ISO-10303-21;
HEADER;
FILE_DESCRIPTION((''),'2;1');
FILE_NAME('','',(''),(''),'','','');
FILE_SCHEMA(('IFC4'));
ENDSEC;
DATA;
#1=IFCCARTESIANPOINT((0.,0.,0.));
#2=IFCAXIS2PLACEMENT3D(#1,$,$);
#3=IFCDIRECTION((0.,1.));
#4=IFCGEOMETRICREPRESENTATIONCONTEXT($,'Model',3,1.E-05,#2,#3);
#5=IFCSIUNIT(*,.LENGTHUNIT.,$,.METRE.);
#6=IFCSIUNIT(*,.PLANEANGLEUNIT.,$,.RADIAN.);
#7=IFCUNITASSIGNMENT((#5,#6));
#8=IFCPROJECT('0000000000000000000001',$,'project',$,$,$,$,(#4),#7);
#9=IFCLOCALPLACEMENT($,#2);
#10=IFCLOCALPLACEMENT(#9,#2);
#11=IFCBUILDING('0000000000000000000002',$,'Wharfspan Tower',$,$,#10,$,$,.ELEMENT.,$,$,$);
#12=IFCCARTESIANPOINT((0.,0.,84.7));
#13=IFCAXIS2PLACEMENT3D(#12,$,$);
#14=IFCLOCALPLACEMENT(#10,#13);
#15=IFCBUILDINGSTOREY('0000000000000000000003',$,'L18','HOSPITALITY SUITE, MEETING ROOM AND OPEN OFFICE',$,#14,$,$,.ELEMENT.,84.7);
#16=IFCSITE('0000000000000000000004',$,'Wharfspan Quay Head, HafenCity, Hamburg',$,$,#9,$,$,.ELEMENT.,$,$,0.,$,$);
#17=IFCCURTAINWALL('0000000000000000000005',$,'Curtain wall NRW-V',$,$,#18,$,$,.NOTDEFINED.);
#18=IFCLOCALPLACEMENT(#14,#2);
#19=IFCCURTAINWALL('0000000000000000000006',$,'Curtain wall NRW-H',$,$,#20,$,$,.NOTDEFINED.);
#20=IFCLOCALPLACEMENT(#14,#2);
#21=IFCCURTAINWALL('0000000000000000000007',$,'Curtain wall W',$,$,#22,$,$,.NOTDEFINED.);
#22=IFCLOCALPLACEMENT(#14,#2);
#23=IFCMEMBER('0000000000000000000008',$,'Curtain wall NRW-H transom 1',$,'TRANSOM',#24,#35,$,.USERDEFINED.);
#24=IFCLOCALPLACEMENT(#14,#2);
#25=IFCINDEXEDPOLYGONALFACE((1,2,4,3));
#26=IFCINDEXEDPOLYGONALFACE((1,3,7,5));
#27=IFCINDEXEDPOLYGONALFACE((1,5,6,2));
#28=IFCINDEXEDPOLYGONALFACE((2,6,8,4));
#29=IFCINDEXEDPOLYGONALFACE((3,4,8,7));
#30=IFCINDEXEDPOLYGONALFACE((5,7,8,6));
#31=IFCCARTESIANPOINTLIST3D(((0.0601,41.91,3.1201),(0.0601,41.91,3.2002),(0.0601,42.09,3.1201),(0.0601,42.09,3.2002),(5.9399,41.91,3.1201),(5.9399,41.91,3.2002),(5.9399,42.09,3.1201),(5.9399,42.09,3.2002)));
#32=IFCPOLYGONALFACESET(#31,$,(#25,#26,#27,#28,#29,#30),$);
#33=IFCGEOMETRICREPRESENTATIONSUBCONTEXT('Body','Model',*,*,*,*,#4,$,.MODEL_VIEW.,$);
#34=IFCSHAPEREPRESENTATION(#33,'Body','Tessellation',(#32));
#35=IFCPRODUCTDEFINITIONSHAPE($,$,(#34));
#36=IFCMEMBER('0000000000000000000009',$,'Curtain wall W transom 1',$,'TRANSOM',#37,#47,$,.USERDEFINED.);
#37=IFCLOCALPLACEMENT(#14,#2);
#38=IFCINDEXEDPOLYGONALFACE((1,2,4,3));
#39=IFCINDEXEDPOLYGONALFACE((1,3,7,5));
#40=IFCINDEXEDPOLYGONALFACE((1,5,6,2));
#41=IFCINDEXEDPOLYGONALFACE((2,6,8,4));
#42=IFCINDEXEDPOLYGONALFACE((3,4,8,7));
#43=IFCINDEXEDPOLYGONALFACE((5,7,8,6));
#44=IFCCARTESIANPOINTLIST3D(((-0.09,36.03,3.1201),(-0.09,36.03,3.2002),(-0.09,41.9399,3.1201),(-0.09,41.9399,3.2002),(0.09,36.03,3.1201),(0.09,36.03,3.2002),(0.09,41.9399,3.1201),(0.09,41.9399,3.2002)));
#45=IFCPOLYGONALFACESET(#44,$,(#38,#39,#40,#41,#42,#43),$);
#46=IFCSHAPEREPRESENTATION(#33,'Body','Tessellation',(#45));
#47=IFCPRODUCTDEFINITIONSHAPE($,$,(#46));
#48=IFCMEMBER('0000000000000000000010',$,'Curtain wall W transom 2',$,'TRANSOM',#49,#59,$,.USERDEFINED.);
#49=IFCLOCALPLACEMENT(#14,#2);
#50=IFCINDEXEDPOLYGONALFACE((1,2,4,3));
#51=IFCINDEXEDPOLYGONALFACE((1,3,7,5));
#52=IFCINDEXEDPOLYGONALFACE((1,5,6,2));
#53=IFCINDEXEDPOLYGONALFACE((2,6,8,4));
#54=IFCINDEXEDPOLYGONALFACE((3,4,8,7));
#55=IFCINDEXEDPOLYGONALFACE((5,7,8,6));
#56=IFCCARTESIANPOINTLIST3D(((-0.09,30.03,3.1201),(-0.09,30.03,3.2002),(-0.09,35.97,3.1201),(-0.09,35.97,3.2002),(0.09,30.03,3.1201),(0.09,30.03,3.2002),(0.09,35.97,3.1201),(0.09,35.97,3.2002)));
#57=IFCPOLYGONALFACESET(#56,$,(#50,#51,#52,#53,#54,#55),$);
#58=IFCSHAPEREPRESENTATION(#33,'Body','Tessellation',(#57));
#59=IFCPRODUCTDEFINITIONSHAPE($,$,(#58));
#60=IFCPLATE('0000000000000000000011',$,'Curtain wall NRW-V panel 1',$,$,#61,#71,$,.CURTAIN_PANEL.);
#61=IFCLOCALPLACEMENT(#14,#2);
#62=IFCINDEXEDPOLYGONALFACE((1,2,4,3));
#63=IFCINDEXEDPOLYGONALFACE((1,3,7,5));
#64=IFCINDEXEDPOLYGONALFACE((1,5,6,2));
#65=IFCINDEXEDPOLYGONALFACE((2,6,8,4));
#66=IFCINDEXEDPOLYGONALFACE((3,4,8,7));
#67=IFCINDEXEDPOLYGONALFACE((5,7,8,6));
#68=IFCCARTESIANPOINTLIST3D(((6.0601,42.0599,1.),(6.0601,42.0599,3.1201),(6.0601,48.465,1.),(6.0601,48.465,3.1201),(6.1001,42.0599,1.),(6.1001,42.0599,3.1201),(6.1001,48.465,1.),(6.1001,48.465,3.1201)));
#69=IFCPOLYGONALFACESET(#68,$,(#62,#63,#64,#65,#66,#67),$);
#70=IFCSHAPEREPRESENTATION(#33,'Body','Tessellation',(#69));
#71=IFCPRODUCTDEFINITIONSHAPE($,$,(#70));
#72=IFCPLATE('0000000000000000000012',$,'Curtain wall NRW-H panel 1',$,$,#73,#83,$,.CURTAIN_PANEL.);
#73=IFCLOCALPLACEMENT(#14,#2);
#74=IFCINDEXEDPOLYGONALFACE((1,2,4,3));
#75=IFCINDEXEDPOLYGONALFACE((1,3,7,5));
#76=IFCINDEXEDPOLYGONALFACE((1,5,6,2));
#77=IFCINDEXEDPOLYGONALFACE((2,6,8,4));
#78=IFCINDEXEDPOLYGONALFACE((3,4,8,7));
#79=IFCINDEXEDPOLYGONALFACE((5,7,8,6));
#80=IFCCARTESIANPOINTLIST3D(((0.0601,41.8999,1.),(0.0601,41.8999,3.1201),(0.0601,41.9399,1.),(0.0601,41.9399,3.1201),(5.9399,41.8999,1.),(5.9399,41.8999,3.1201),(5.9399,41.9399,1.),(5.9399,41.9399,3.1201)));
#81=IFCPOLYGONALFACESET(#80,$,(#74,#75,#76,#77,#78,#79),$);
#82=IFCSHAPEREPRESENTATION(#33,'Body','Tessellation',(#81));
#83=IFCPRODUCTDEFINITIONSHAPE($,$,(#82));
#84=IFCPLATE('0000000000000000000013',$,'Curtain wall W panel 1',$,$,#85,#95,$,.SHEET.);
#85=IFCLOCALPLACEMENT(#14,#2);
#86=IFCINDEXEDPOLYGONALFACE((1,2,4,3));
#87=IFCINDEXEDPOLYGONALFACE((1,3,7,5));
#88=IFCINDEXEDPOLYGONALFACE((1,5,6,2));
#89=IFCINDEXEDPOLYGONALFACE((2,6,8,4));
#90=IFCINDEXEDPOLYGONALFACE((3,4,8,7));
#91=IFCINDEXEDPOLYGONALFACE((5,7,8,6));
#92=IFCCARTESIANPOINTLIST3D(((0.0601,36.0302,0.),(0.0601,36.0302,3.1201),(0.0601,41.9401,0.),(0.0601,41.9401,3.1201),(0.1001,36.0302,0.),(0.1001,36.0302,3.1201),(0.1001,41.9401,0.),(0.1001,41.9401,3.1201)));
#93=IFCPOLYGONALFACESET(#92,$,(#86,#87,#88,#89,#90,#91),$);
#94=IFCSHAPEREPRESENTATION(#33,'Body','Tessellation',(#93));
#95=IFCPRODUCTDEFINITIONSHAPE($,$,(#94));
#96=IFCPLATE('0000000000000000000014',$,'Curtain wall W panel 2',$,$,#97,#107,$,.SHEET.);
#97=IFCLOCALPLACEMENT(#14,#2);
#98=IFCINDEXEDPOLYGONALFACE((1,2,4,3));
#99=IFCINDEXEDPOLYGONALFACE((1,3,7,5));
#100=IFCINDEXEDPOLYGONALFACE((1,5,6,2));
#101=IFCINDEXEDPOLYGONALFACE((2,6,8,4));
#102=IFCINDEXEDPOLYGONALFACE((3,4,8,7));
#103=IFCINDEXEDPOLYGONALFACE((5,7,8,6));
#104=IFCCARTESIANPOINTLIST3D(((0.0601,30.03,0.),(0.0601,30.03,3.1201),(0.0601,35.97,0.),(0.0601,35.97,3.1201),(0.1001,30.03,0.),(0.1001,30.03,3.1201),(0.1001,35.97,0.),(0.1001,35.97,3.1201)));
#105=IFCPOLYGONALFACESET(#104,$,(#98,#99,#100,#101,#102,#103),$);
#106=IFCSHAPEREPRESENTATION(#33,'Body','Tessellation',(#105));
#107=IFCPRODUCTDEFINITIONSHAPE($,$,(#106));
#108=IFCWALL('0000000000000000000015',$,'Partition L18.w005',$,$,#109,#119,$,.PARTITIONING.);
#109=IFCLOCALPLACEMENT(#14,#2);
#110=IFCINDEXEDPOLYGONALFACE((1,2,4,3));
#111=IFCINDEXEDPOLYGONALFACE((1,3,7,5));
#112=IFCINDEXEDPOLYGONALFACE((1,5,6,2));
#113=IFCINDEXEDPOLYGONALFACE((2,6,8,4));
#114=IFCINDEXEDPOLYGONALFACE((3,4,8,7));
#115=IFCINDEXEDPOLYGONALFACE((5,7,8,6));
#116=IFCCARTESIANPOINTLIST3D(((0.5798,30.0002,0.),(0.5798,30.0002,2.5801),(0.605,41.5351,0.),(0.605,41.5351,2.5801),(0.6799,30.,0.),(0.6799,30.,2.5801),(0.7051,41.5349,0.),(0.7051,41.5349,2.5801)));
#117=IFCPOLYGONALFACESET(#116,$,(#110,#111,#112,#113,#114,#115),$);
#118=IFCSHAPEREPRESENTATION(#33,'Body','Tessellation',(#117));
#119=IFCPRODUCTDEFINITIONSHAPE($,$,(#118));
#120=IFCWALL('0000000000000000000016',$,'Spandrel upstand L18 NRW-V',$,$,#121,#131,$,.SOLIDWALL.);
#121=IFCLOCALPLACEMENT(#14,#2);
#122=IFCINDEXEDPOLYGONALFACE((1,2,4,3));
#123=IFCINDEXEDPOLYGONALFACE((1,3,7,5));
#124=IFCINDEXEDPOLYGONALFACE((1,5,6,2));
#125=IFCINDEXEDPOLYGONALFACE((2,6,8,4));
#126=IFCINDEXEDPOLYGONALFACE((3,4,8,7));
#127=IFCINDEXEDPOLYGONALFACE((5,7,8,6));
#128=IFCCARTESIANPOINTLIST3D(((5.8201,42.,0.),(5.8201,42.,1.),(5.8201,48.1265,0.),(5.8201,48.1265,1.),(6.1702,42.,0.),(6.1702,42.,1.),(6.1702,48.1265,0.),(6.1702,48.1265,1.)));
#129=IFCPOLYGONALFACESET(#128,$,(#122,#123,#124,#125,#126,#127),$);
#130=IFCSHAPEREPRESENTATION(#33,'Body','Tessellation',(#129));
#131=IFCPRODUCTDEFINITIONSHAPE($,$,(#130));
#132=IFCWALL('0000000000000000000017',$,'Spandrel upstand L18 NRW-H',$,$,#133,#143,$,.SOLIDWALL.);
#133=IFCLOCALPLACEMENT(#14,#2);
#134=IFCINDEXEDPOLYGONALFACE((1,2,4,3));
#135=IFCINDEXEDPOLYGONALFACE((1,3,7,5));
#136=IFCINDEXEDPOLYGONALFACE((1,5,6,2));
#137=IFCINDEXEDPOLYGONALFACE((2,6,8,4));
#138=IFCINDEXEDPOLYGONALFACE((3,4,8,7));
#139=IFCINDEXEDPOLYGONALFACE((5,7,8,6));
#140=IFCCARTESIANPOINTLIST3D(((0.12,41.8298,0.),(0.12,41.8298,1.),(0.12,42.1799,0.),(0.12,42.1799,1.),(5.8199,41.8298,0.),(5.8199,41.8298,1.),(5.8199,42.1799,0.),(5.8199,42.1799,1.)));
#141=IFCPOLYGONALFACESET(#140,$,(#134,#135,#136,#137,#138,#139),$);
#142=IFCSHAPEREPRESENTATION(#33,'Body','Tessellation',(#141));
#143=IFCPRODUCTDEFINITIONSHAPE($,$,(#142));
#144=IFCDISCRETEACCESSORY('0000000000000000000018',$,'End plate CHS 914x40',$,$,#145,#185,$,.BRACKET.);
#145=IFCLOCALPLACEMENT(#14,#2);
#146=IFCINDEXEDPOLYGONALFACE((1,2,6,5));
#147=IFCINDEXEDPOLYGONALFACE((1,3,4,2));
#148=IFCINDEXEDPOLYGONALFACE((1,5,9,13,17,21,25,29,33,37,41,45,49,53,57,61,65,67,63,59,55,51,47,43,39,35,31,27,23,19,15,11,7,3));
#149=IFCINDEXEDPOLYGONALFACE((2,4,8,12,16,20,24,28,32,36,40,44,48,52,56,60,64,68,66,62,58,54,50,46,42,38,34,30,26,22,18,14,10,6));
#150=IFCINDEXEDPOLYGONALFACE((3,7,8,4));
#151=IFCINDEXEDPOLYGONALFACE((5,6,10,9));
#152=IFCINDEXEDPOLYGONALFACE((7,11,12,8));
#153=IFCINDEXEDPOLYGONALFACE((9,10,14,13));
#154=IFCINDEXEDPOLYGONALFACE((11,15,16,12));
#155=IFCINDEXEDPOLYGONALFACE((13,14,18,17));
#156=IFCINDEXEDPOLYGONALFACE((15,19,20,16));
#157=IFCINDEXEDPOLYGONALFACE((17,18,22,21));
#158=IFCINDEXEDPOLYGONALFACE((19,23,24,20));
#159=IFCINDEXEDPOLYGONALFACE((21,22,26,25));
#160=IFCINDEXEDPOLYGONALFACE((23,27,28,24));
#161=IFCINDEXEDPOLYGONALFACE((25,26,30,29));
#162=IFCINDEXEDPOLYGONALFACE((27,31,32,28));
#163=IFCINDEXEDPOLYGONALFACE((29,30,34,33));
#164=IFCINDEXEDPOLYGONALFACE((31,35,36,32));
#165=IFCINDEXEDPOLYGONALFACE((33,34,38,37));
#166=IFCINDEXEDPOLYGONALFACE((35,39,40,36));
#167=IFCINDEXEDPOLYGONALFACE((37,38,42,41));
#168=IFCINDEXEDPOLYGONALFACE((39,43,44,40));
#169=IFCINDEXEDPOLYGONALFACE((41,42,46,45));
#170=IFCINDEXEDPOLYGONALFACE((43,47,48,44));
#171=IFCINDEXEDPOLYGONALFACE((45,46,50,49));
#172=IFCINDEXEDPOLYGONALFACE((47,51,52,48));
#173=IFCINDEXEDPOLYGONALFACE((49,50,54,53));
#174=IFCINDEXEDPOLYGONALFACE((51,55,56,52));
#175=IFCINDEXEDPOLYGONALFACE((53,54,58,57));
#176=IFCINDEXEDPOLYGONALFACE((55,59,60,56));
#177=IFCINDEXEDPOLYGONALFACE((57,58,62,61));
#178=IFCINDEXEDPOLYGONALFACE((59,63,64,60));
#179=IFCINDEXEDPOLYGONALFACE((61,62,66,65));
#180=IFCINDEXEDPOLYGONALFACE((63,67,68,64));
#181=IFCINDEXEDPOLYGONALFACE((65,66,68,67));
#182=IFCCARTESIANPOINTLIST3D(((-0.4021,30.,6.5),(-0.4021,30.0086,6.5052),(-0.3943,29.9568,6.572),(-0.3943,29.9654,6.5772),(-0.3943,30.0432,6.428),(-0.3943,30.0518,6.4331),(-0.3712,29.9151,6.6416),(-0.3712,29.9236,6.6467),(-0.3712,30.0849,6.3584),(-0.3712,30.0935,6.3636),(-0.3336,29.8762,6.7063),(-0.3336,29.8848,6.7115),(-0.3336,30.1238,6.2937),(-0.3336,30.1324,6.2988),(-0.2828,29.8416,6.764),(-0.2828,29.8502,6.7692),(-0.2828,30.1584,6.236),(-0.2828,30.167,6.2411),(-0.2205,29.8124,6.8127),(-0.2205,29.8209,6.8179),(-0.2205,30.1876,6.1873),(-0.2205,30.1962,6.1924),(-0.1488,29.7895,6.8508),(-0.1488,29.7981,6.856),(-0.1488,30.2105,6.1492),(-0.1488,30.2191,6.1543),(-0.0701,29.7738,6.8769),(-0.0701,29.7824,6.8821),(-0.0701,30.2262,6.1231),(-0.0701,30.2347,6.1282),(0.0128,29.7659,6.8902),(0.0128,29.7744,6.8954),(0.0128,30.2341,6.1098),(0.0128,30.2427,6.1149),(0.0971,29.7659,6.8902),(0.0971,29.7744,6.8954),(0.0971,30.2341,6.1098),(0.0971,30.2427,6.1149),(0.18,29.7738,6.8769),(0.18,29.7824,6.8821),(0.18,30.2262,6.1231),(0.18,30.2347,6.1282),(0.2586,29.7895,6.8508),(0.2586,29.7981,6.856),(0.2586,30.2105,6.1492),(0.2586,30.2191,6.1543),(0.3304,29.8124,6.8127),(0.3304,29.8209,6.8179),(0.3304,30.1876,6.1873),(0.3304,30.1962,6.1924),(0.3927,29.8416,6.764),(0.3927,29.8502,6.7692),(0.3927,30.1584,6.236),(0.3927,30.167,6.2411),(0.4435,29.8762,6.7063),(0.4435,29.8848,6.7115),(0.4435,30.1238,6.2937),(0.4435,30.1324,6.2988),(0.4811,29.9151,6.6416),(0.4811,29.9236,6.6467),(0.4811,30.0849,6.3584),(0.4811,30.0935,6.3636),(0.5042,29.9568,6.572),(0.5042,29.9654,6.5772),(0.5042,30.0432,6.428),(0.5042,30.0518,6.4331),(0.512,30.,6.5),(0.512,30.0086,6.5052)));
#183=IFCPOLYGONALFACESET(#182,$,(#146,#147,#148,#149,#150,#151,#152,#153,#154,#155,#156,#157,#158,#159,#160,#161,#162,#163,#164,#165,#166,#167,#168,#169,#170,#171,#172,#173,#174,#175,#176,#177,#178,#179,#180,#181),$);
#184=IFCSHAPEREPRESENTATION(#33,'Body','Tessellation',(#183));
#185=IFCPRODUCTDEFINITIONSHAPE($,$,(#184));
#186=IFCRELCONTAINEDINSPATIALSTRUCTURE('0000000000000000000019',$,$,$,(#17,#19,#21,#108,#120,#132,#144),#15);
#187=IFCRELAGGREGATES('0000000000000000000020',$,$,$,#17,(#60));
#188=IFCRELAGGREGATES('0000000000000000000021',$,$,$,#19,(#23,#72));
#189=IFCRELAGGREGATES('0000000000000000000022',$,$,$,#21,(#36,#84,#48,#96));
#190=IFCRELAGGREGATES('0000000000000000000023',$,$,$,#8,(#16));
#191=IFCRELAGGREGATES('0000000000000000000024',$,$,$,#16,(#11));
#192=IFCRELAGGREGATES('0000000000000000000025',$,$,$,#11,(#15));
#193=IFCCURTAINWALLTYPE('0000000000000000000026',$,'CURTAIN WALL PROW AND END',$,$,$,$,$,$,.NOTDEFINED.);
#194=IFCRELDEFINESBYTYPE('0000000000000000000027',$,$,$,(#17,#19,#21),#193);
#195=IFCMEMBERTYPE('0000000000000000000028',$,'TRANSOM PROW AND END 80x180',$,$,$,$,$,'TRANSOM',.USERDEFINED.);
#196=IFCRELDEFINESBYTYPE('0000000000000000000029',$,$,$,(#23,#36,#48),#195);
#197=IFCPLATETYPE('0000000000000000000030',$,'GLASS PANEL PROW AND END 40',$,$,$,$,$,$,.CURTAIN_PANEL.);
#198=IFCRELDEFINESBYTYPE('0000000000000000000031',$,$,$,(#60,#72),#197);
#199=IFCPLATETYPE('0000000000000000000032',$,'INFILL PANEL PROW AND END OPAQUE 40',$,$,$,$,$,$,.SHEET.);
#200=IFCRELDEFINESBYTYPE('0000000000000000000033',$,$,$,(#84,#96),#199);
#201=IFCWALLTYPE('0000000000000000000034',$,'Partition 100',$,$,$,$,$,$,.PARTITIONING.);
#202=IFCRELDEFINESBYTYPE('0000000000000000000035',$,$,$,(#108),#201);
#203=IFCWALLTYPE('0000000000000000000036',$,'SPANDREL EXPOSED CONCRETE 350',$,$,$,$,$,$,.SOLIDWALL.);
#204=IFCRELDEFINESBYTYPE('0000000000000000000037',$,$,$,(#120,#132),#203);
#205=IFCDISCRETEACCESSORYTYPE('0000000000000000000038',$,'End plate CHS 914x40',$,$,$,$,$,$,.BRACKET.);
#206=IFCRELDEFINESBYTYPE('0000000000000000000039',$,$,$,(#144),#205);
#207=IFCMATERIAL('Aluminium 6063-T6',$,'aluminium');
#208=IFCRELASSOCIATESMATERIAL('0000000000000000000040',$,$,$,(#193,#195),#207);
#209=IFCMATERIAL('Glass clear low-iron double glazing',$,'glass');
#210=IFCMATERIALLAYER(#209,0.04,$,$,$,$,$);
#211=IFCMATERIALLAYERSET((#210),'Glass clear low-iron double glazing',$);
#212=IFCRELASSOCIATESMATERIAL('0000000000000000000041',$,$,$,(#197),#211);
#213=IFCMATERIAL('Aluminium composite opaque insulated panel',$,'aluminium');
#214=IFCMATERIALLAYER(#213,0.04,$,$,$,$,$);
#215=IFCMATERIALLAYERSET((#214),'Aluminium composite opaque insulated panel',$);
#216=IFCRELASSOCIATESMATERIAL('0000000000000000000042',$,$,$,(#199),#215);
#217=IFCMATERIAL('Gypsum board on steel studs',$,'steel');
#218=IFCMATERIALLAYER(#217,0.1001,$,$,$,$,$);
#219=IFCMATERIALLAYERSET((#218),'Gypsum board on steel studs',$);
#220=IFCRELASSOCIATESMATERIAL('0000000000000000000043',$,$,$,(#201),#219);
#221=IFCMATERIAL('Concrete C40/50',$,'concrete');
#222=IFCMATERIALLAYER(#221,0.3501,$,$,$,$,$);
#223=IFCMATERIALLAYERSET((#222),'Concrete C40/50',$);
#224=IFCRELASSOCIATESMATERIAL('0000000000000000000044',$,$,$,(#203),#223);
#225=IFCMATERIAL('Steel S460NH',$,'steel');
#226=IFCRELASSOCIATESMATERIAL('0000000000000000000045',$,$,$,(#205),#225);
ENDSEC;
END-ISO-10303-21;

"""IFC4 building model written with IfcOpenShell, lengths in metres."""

from ifc_helpers import new_model, si_unit, direction, frame, frame_2d, origin, origin_2d, place, context, subcontext, project, spatial, rectangle, circle, extrude, material, layer, layer_set, material_profile, profile_set, type_object, element, aggregate, save


model = new_model("IFC4")

# Units and contexts
model_context = context("Model", 3, precision=1e-05, world=origin(), true_north=direction((0.0, 1.0)))
body_context = subcontext(model_context, "Body", "Model", "MODEL_VIEW")
ifc_project = project(units=[si_unit("LENGTHUNIT", "METRE"), si_unit("PLANEANGLEUNIT", "RADIAN")], contexts=[model_context])

# Site, building, storey
site_placement = place(None, origin())
site = spatial("IfcSite", under=ifc_project, at=site_placement, Name="Wharfspan Quay Head, HafenCity, Hamburg", CompositionType="ELEMENT", RefElevation=0.0)
building_placement = place(site_placement, origin())
building = spatial("IfcBuilding", under=site, at=building_placement, Name="Wharfspan Tower", CompositionType="ELEMENT")
storey_placement = place(building_placement, frame((0.0, 0.0, 84.7)))
storey = spatial("IfcBuildingStorey", under=building, at=storey_placement, Name="L18", Description="HOSPITALITY SUITE, MEETING ROOM AND OPEN OFFICE", CompositionType="ELEMENT", Elevation=84.7)

# Curtain walls
ifc_material_1 = material(Name="Aluminium 6063-T6", Category="aluminium")
curtain_wall_type = type_object("IfcCurtainWallType", Name="CURTAIN WALL PROW AND END", PredefinedType="NOTDEFINED", material=ifc_material_1)
curtain_wall_1_placement = place(storey_placement, origin())
curtain_wall_1 = element("IfcCurtainWall", 1, at=curtain_wall_1_placement, inside=storey, type_object=curtain_wall_type, Name="Curtain wall NRW-V", PredefinedType="NOTDEFINED")
curtain_wall_2_placement = place(storey_placement, origin())
curtain_wall_2 = element("IfcCurtainWall", 2, at=curtain_wall_2_placement, inside=storey, type_object=curtain_wall_type, Name="Curtain wall NRW-H", PredefinedType="NOTDEFINED")
curtain_wall_3_placement = place(storey_placement, origin())
curtain_wall_3 = element("IfcCurtainWall", 3, at=curtain_wall_3_placement, inside=storey, type_object=curtain_wall_type, Name="Curtain wall W", PredefinedType="NOTDEFINED")

# Shared definitions
ifc_material_2 = material(Name="Steel S460NH", Category="steel")

# Members
ifc_material_profile_1 = material_profile(ifc_material_1, rectangle(XDim=0.1799, YDim=0.0801, at=origin_2d()))
ifc_profile_set_1 = profile_set([ifc_material_profile_1], Name="Aluminium 6063-T6")
member_type_1 = type_object("IfcMemberType", Name="TRANSOM PROW AND END 80x180", ElementType="TRANSOM", PredefinedType="USERDEFINED", material=ifc_profile_set_1)
member_1_placement = place(storey_placement, frame((5.9399, 42.0, 3.1602), z_axis=(-1.0, 0.0, 0.0), x_axis=(0.0, -1.0, 0.0)))
member_1 = element("IfcMember", 4, at=member_1_placement, type_object=member_type_1, Name="Curtain wall NRW-H transom 1", ObjectType="TRANSOM", PredefinedType="USERDEFINED", context=body_context, shape_type="SweptSolid", body=[
    extrude(rectangle(XDim=0.1799, YDim=0.0801, at=origin_2d()), origin(), (0.0, 0.0, 1.0), 5.8799),
])
member_2_placement = place(storey_placement, frame((0.0, 41.9399, 3.1602), z_axis=(0.0, -1.0, 0.0), x_axis=(1.0, 0.0, 0.0)))
member_2 = element("IfcMember", 5, at=member_2_placement, type_object=member_type_1, Name="Curtain wall W transom 1", ObjectType="TRANSOM", PredefinedType="USERDEFINED", context=body_context, shape_type="SweptSolid", body=[
    extrude(rectangle(XDim=0.1799, YDim=0.0801, at=origin_2d()), origin(), (0.0, 0.0, 1.0), 5.9099),
])
member_3_placement = place(storey_placement, frame((0.0, 35.97, 3.1602), z_axis=(0.0, -1.0, 0.0), x_axis=(1.0, 0.0, 0.0)))
member_3 = element("IfcMember", 6, at=member_3_placement, type_object=member_type_1, Name="Curtain wall W transom 2", ObjectType="TRANSOM", PredefinedType="USERDEFINED", context=body_context, shape_type="SweptSolid", body=[
    extrude(rectangle(XDim=0.1799, YDim=0.0801, at=origin_2d()), origin(), (0.0, 0.0, 1.0), 5.9399),
])

# Plates
ifc_material_3 = material(Name="Glass clear low-iron double glazing", Category="glass")
ifc_layer_1 = layer(ifc_material_3, 0.04)
ifc_layer_set_1 = layer_set([ifc_layer_1], Name="Glass clear low-iron double glazing")
plate_type_1 = type_object("IfcPlateType", Name="GLASS PANEL PROW AND END 40", PredefinedType="CURTAIN_PANEL", material=ifc_layer_set_1)
plate_1_placement = place(storey_placement, frame((6.0801, 45.2625, 1.0), z_axis=(0.0, 0.0, 1.0), x_axis=(0.0, -1.0, 0.0)))
plate_1 = element("IfcPlate", 7, at=plate_1_placement, type_object=plate_type_1, Name="Curtain wall NRW-V panel 1", PredefinedType="CURTAIN_PANEL", context=body_context, shape_type="SweptSolid", body=[
    extrude(rectangle(XDim=6.405, YDim=0.04, at=origin_2d()), origin(), (0.0, 0.0, 1.0), 2.1201),
])
aggregate(curtain_wall_1, [plate_1])
plate_2_placement = place(storey_placement, frame((3.0, 41.9199, 1.0), z_axis=(0.0, 0.0, 1.0), x_axis=(-1.0, 0.0, 0.0)))
plate_2 = element("IfcPlate", 8, at=plate_2_placement, type_object=plate_type_1, Name="Curtain wall NRW-H panel 1", PredefinedType="CURTAIN_PANEL", context=body_context, shape_type="SweptSolid", body=[
    extrude(rectangle(XDim=5.8799, YDim=0.04, at=origin_2d()), origin(), (0.0, 0.0, 1.0), 2.1201),
])
aggregate(curtain_wall_2, [member_1, plate_2])
ifc_material_4 = material(Name="Aluminium composite opaque insulated panel", Category="aluminium")
ifc_layer_2 = layer(ifc_material_4, 0.04)
ifc_layer_set_2 = layer_set([ifc_layer_2], Name="Aluminium composite opaque insulated panel")
plate_type_2 = type_object("IfcPlateType", Name="INFILL PANEL PROW AND END OPAQUE 40", PredefinedType="SHEET", material=ifc_layer_set_2)
plate_3_placement = place(storey_placement, frame((0.0801, 38.9851, 0.0), z_axis=(0.0, 0.0, 1.0), x_axis=(0.0, -1.0, 0.0)))
plate_3 = element("IfcPlate", 9, at=plate_3_placement, type_object=plate_type_2, Name="Curtain wall W panel 1", PredefinedType="SHEET", context=body_context, shape_type="SweptSolid", body=[
    extrude(rectangle(XDim=5.9099, YDim=0.04, at=origin_2d()), origin(), (0.0, 0.0, 1.0), 3.1201),
])
plate_4_placement = place(storey_placement, frame((0.0801, 33.0, 0.0), z_axis=(0.0, 0.0, 1.0), x_axis=(0.0, -1.0, 0.0)))
plate_4 = element("IfcPlate", 10, at=plate_4_placement, type_object=plate_type_2, Name="Curtain wall W panel 2", PredefinedType="SHEET", context=body_context, shape_type="SweptSolid", body=[
    extrude(rectangle(XDim=5.9399, YDim=0.04, at=origin_2d()), origin(), (0.0, 0.0, 1.0), 3.1201),
])
aggregate(curtain_wall_3, [member_2, plate_3, member_3, plate_4])

# Walls
ifc_material_5 = material(Name="Gypsum board on steel studs", Category="steel")
ifc_layer_3 = layer(ifc_material_5, 0.1001)
ifc_layer_set_3 = layer_set([ifc_layer_3], Name="Gypsum board on steel studs")
wall_type_1 = type_object("IfcWallType", Name="Partition 100", PredefinedType="PARTITIONING", material=ifc_layer_set_3)
wall_1_placement = place(storey_placement, frame((0.6299, 30.0, 0.0), z_axis=(0.0, 0.0, 1.0), x_axis=(0.00218, 0.999994, 0.0)))
element("IfcWall", 11, at=wall_1_placement, inside=storey, type_object=wall_type_1, Name="Partition L18.w005", PredefinedType="PARTITIONING", context=body_context, shape_type="SweptSolid", body=[
    extrude(rectangle(XDim=11.5349, YDim=0.1001, at=frame_2d((5.7676, 0.0))), origin(), (0.0, 0.0, 1.0), 2.5801),
])
ifc_material_6 = material(Name="Concrete C40/50", Category="concrete")
ifc_layer_4 = layer(ifc_material_6, 0.3501)
ifc_layer_set_4 = layer_set([ifc_layer_4], Name="Concrete C40/50")
wall_type_2 = type_object("IfcWallType", Name="SPANDREL EXPOSED CONCRETE 350", PredefinedType="SOLIDWALL", material=ifc_layer_set_4)
wall_2_placement = place(storey_placement, frame((5.9951, 48.1265, 0.0), z_axis=(0.0, 0.0, 1.0), x_axis=(0.0, -1.0, 0.0)))
element("IfcWall", 12, at=wall_2_placement, inside=storey, type_object=wall_type_2, Name="Spandrel upstand L18 NRW-V", PredefinedType="SOLIDWALL", context=body_context, shape_type="SweptSolid", body=[
    extrude(rectangle(XDim=6.1265, YDim=0.3501, at=frame_2d((3.0632, 0.0))), origin(), (0.0, 0.0, 1.0), 1.0),
])
wall_3_placement = place(storey_placement, frame((5.8201, 42.0049, 0.0), z_axis=(0.0, 0.0, 1.0), x_axis=(-1.0, 0.0, 0.0)))
element("IfcWall", 13, at=wall_3_placement, inside=storey, type_object=wall_type_2, Name="Spandrel upstand L18 NRW-H", PredefinedType="SOLIDWALL", context=body_context, shape_type="SweptSolid", body=[
    extrude(rectangle(XDim=5.7, YDim=0.3501, at=frame_2d((2.8501, 0.0))), origin(), (0.0, 0.0, 1.0), 1.0),
])

# Discrete accessory
ifc_material_profile_2 = material_profile(ifc_material_2, circle(Radius=0.457, at=origin_2d()))
ifc_profile_set_2 = profile_set([ifc_material_profile_2], Name="Steel S460NH")
discrete_accessory_type = type_object("IfcDiscreteAccessoryType", Name="End plate CHS 914x40", PredefinedType="BRACKET", material=ifc_profile_set_2)
for number, where, z_axis, x_axis, name in (
    (14, (0.0549, 30.0, 6.5), (0.0, 0.857493, 0.514496), (-1.0, 0.0, 0.0), "End plate CHS 914x40"),
):
    element("IfcDiscreteAccessory", number, at=place(storey_placement, frame(where, z_axis=z_axis, x_axis=x_axis)), inside=storey, type_object=discrete_accessory_type, Name=name, PredefinedType="BRACKET", context=body_context, shape_type="SweptSolid", body=[
        extrude(circle(Radius=0.457, at=origin_2d()), origin(), (0.0, 0.0, 1.0), 0.01),
    ])

save(model, "model.ifc")
